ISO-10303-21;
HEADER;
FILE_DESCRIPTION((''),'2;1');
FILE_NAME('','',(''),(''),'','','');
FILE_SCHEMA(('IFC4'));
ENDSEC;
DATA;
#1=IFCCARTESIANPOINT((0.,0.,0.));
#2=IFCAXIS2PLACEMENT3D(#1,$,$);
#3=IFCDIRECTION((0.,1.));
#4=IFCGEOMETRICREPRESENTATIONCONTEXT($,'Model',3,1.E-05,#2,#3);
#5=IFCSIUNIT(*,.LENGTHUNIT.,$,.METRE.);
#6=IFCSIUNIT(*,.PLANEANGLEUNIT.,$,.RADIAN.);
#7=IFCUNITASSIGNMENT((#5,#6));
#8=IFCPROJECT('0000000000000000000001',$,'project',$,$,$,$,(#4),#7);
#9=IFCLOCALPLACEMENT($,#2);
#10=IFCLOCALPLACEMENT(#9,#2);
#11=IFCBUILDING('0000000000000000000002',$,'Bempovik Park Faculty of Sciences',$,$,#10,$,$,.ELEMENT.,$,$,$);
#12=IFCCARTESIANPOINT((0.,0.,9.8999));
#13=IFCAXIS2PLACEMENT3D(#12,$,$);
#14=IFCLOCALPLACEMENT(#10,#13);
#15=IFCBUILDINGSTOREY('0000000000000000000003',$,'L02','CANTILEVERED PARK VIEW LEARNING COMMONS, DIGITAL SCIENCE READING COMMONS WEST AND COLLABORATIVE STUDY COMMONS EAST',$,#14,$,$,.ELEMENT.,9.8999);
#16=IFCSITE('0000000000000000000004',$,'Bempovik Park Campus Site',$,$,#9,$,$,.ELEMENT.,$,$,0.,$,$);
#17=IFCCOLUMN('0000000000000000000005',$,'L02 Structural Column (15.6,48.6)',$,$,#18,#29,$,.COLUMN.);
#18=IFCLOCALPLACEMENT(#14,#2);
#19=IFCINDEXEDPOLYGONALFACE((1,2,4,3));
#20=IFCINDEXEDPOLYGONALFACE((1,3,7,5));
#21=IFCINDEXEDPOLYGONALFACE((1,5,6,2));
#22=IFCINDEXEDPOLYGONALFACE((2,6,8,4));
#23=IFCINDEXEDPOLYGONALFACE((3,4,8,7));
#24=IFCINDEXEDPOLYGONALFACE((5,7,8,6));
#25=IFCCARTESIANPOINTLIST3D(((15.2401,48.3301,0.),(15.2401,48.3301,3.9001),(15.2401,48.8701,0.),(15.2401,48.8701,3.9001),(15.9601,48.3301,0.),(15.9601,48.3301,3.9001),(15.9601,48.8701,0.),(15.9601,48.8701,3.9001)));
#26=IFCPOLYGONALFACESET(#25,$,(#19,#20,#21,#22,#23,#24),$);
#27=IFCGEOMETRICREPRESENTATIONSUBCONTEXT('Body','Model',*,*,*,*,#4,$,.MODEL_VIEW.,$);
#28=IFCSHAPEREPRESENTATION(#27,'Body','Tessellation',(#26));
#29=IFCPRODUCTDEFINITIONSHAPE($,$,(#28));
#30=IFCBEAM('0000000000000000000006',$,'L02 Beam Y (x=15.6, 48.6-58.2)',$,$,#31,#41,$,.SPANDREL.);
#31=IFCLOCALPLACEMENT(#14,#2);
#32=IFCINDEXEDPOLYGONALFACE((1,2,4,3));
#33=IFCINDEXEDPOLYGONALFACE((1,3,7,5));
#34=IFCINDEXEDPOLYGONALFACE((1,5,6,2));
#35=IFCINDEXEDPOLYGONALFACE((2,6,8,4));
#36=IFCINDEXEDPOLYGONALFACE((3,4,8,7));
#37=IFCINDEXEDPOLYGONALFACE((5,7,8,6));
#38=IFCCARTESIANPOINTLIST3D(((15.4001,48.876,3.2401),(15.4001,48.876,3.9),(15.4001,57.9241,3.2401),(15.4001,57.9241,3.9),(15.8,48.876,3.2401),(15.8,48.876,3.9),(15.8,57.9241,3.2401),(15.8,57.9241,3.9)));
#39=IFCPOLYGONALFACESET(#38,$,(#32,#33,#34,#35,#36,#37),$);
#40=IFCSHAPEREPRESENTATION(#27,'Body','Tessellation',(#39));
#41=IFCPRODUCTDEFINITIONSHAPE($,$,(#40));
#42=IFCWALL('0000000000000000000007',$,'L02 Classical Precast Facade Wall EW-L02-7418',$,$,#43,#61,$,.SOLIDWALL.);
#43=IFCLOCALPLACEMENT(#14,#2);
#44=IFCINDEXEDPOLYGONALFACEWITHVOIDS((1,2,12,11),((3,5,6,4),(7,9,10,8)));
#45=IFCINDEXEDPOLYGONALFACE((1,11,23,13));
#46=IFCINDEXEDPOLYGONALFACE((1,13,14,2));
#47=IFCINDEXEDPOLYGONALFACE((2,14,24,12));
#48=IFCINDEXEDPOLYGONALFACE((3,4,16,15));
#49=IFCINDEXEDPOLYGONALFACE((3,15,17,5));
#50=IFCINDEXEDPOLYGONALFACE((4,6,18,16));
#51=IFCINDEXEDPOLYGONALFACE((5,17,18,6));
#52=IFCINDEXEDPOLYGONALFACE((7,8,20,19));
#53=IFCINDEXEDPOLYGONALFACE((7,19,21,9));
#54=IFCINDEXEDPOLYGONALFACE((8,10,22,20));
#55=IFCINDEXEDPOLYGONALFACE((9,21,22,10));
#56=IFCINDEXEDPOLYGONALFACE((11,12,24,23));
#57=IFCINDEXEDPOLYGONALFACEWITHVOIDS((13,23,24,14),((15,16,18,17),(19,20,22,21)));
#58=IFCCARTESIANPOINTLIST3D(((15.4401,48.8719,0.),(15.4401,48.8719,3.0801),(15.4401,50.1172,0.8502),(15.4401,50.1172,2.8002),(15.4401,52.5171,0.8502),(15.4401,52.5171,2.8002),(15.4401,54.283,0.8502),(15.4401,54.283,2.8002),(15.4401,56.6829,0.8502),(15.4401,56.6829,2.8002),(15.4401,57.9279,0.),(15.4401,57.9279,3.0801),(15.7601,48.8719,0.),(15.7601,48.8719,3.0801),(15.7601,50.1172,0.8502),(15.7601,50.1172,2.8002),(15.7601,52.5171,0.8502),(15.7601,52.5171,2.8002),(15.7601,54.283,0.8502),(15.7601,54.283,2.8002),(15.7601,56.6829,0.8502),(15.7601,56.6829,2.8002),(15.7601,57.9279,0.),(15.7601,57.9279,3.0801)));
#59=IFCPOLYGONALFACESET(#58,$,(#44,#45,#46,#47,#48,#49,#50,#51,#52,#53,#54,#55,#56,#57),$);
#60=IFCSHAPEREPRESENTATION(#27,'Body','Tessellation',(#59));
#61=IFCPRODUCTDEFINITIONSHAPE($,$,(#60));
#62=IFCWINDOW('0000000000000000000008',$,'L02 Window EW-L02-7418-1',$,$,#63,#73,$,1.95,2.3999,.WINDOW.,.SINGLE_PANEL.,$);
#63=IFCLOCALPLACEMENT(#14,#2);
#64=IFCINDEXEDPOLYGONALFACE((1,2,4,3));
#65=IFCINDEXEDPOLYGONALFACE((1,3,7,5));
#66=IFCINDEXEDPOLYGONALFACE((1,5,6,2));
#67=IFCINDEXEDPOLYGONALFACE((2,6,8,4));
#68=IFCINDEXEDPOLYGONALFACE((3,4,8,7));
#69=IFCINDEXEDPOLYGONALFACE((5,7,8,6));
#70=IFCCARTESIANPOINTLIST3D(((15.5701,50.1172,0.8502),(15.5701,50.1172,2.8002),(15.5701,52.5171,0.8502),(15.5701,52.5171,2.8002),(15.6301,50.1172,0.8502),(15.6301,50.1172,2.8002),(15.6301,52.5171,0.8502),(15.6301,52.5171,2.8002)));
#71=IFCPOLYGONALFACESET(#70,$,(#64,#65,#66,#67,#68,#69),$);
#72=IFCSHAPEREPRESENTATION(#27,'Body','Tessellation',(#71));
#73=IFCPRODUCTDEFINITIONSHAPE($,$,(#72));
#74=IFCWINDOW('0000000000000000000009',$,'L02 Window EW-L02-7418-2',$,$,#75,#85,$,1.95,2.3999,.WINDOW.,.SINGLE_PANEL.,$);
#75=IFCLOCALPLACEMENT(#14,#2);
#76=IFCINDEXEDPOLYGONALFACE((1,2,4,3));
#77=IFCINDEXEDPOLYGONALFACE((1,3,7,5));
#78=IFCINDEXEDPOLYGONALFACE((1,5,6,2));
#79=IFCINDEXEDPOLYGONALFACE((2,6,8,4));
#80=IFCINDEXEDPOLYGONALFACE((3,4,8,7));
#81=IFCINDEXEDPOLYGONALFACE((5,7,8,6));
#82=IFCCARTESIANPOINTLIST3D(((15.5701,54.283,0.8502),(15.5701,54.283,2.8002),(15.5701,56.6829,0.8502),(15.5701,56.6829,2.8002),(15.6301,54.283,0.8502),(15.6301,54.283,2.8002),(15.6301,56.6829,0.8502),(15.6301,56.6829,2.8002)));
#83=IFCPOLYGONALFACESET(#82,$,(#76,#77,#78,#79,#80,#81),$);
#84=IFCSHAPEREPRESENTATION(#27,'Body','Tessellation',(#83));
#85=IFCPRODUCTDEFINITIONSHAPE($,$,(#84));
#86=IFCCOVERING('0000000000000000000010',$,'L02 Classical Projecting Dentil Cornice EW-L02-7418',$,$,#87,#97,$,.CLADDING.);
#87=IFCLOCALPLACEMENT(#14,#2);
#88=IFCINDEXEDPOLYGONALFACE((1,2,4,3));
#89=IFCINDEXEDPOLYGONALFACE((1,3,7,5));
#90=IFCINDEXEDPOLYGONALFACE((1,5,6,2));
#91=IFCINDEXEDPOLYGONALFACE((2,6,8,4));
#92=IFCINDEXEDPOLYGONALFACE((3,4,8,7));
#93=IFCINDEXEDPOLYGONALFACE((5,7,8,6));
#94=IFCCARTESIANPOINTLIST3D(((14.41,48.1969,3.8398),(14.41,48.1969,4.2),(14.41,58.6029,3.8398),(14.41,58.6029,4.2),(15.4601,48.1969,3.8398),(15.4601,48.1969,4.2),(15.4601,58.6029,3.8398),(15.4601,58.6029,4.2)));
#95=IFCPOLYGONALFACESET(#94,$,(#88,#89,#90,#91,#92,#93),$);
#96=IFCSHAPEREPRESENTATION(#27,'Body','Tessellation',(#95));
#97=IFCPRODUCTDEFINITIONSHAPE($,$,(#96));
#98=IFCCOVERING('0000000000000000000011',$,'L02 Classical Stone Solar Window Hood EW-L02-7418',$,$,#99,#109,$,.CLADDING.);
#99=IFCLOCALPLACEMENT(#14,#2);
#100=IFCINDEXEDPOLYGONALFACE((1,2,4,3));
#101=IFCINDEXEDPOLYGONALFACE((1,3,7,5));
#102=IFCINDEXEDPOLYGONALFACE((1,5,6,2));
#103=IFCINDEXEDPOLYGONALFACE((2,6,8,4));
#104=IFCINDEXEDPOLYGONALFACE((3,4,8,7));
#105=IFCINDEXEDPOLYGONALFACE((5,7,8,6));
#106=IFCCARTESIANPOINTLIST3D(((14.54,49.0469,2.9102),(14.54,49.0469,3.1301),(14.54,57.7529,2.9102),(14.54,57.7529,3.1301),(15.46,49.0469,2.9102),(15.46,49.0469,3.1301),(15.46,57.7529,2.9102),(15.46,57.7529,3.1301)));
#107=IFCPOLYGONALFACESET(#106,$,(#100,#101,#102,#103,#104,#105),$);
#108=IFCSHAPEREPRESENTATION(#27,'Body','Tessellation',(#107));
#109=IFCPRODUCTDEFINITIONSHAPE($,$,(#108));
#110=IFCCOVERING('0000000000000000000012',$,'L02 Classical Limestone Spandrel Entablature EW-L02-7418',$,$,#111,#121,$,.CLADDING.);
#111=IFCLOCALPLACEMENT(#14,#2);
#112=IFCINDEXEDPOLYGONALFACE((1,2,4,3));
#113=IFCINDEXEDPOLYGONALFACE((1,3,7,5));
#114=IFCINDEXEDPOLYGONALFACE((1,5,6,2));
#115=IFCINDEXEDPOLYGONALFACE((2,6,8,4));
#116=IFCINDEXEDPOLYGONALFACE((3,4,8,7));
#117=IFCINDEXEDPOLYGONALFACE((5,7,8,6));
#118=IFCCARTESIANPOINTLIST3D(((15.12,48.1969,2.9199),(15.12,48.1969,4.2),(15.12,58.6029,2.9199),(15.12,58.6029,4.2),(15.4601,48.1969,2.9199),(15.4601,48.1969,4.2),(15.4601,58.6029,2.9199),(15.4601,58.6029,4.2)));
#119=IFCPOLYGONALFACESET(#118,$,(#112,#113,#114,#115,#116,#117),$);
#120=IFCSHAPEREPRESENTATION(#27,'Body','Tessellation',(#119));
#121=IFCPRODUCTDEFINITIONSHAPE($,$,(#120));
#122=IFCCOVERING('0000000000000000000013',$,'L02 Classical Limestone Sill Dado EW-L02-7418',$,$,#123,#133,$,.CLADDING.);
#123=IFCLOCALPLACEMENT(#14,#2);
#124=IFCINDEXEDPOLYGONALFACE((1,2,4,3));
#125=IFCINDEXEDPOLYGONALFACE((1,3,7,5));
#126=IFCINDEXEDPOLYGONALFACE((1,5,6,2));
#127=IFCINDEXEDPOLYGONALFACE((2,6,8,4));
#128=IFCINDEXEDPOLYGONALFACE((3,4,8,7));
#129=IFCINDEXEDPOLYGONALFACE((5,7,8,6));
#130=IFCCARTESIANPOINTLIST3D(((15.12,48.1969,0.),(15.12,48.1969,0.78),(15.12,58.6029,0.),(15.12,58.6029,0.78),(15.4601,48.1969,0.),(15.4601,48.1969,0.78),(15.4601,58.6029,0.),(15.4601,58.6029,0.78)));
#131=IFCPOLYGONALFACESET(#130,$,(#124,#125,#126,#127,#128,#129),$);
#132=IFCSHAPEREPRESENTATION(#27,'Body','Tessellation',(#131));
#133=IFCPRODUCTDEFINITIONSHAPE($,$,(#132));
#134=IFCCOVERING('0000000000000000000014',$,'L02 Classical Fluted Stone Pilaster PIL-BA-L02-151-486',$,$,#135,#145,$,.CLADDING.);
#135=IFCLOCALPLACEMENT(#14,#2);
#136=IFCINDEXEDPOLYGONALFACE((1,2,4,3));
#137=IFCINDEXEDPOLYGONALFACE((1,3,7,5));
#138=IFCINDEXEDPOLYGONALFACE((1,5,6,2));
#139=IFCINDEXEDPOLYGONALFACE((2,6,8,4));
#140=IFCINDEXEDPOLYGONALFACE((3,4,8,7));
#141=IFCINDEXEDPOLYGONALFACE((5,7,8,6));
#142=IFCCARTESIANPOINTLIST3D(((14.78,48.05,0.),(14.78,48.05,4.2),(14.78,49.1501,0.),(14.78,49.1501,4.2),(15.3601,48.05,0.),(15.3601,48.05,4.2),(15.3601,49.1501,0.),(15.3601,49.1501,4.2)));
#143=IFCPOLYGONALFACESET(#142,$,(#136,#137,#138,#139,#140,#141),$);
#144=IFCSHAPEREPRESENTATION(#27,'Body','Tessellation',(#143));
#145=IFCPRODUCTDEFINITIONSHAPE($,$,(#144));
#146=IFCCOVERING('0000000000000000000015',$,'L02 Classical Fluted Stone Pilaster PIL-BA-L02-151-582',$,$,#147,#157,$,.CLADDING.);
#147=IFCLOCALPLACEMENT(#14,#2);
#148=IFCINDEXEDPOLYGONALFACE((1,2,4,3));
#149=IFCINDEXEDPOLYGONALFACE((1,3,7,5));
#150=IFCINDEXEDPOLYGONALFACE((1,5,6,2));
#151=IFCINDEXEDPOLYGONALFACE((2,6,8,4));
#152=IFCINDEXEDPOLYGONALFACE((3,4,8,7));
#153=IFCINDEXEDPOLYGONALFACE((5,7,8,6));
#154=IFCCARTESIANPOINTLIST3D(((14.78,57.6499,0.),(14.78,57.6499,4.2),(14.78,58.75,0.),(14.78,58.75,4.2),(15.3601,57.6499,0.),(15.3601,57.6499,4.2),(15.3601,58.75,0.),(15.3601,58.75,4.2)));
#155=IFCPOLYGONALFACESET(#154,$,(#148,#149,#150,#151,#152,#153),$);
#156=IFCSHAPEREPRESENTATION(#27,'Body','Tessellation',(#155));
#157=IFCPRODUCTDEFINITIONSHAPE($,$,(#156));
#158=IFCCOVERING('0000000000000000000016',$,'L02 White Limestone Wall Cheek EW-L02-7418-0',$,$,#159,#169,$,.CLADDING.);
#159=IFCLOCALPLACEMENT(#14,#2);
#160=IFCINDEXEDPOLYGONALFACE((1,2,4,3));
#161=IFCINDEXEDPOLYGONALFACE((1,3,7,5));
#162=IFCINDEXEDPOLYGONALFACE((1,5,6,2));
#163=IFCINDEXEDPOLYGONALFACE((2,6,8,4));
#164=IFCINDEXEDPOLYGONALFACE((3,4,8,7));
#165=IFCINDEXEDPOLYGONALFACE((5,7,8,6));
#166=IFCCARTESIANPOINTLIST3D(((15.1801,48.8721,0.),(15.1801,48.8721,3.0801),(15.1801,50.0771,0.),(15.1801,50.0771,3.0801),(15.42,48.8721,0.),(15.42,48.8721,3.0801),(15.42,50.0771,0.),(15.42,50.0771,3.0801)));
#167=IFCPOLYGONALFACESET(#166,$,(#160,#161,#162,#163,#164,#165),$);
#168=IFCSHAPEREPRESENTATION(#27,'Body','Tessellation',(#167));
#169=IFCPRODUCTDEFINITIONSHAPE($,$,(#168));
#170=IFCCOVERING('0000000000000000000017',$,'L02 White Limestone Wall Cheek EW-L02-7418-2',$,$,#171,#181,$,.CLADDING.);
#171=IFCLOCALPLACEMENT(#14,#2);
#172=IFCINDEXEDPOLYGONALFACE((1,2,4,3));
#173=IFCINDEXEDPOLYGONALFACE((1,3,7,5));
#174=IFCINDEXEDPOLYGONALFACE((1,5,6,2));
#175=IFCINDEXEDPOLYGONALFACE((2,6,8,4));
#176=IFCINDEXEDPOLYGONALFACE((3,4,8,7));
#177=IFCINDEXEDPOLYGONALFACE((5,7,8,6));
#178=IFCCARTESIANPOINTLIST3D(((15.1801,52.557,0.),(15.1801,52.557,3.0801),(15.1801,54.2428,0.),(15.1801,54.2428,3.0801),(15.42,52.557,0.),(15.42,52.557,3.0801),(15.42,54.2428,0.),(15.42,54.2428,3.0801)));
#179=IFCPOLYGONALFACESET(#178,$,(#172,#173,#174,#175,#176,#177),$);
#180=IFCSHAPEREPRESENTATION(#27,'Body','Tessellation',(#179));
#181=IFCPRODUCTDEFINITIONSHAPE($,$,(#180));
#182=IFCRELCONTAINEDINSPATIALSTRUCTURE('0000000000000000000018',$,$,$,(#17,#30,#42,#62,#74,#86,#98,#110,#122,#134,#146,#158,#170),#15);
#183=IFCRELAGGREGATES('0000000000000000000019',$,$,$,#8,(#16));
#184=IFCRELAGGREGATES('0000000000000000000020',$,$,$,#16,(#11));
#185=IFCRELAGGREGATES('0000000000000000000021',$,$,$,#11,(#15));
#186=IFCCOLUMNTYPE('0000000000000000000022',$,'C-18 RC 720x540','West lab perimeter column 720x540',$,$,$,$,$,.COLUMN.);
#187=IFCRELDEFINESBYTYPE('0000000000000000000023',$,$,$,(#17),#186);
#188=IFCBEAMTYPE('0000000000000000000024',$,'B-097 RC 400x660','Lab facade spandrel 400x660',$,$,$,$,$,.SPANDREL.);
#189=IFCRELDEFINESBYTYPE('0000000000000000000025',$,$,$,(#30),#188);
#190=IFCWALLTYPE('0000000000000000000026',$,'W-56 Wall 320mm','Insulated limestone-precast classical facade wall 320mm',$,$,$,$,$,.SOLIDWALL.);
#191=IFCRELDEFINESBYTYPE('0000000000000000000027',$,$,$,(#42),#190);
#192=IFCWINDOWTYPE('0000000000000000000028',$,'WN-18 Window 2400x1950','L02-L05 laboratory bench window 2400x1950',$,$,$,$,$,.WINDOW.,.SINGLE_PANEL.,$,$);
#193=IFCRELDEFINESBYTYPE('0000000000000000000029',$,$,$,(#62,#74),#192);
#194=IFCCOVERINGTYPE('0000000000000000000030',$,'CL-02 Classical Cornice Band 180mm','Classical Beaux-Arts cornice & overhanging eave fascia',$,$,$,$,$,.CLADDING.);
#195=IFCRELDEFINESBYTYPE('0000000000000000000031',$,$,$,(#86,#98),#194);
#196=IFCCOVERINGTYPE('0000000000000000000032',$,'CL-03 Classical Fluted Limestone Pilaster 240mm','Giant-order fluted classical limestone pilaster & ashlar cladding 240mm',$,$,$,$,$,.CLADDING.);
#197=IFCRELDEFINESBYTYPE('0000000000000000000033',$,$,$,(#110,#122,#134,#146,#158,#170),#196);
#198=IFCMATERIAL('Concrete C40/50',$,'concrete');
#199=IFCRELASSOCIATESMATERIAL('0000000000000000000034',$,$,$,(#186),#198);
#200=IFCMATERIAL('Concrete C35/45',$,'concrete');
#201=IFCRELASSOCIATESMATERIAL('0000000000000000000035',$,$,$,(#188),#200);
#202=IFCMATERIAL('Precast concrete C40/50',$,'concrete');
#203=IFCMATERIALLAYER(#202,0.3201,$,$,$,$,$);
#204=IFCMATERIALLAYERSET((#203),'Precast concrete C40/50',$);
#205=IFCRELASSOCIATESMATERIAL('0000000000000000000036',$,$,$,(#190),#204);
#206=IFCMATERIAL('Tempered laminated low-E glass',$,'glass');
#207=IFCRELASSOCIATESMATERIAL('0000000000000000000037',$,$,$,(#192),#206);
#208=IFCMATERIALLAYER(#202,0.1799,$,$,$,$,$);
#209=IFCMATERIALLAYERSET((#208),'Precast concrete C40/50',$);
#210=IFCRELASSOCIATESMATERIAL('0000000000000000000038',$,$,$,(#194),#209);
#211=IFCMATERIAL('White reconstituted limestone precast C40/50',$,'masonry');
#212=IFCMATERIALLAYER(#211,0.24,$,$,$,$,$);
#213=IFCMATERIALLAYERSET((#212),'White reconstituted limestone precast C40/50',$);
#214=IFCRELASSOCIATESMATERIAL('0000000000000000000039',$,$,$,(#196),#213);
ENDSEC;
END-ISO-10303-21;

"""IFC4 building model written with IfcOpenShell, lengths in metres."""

from ifc_helpers import new_model, si_unit, direction, frame, frame_2d, origin, origin_2d, place, context, subcontext, project, spatial, rectangle, extrude, material, layer, layer_set, material_profile, profile_set, type_object, element, fill, save


model = new_model("IFC4")

# Units and contexts
model_context = context("Model", 3, precision=1e-05, world=origin(), true_north=direction((0.0, 1.0)))
body_context = subcontext(model_context, "Body", "Model", "MODEL_VIEW")
ifc_project = project(units=[si_unit("LENGTHUNIT", "METRE"), si_unit("PLANEANGLEUNIT", "RADIAN")], contexts=[model_context])

# Site, building, storey
site_placement = place(None, origin())
site = spatial("IfcSite", under=ifc_project, at=site_placement, Name="Bempovik Park Campus Site", CompositionType="ELEMENT", RefElevation=0.0)
building_placement = place(site_placement, origin())
building = spatial("IfcBuilding", under=site, at=building_placement, Name="Bempovik Park Faculty of Sciences", CompositionType="ELEMENT")
storey_placement = place(building_placement, frame((0.0, 0.0, 9.8999)))
storey = spatial("IfcBuildingStorey", under=building, at=storey_placement, Name="L02", Description="CANTILEVERED PARK VIEW LEARNING COMMONS, DIGITAL SCIENCE READING COMMONS WEST AND COLLABORATIVE STUDY COMMONS EAST", CompositionType="ELEMENT", Elevation=9.8999)

# Column
ifc_material_1 = material(Name="Concrete C40/50", Category="concrete")
ifc_material_profile_1 = material_profile(ifc_material_1, rectangle(XDim=0.72, YDim=0.54, at=origin_2d()), Name="RC 720x540")
ifc_profile_set_1 = profile_set([ifc_material_profile_1], Name="Concrete C40/50")
column_type = type_object("IfcColumnType", Name="C-18 RC 720x540", Description="West lab perimeter column 720x540", PredefinedType="COLUMN", material=ifc_profile_set_1)
column_placement = place(storey_placement, frame((15.6001, 48.6001, 0.0), z_axis=(0.0, 0.0, 1.0), x_axis=(1.0, 0.0, 0.0)))
element("IfcColumn", 1, at=column_placement, inside=storey, type_object=column_type, Name="L02 Structural Column (15.6,48.6)", PredefinedType="COLUMN", context=body_context, shape_type="SweptSolid", body=[
    extrude(rectangle(XDim=0.72, YDim=0.54, at=origin_2d()), origin(), (0.0, 0.0, 1.0), 3.9001),
])

# Beam
ifc_material_2 = material(Name="Concrete C35/45", Category="concrete")
ifc_material_profile_2 = material_profile(ifc_material_2, rectangle(XDim=0.3999, YDim=0.6599, at=origin_2d()), Name="RC 400x660")
ifc_profile_set_2 = profile_set([ifc_material_profile_2], Name="Concrete C35/45")
beam_type = type_object("IfcBeamType", Name="B-097 RC 400x660", Description="Lab facade spandrel 400x660", PredefinedType="SPANDREL", material=ifc_profile_set_2)
beam_placement = place(storey_placement, frame((15.6001, 48.876, 3.5701), z_axis=(0.0, 1.0, 0.0), x_axis=(-1.0, 0.0, 0.0)))
element("IfcBeam", 2, at=beam_placement, inside=storey, type_object=beam_type, Name="L02 Beam Y (x=15.6, 48.6-58.2)", PredefinedType="SPANDREL", context=body_context, shape_type="SweptSolid", body=[
    extrude(rectangle(XDim=0.3999, YDim=0.6599, at=origin_2d()), origin(), (0.0, 0.0, 1.0), 9.0481),
])

# Wall, openings, windows
ifc_material_3 = material(Name="Precast concrete C40/50", Category="concrete")
ifc_layer_1 = layer(ifc_material_3, 0.3201)
ifc_layer_set_1 = layer_set([ifc_layer_1], Name="Precast concrete C40/50")
wall_type = type_object("IfcWallType", Name="W-56 Wall 320mm", Description="Insulated limestone-precast classical facade wall 320mm", PredefinedType="SOLIDWALL", material=ifc_layer_set_1)
wall_placement = place(storey_placement, frame((15.6001, 48.8721, 0.0), z_axis=(0.0, 0.0, 1.0), x_axis=(0.0, 1.0, 0.0)))
wall = element("IfcWall", 3, at=wall_placement, inside=storey, type_object=wall_type, Name="L02 Classical Precast Facade Wall EW-L02-7418", PredefinedType="SOLIDWALL", context=body_context, shape_type="SweptSolid", body=[
    extrude(rectangle(XDim=9.0559, YDim=0.3201, at=frame_2d((4.5278, 0.0))), origin(), (0.0, 0.0, 1.0), 3.0801),
])
opening_1_placement = place(wall_placement, frame((1.2451, 0.0, 0.8501)))
opening_1 = element("IfcOpeningElement", 4, at=opening_1_placement, cuts=wall, PredefinedType="OPENING", context=body_context, shape_type="SweptSolid", body=[
    extrude(rectangle(XDim=2.3999, YDim=1.95, at=frame_2d((1.2, 0.9751))), frame((0.0, 0.1699, 0.0), z_axis=(0.0, -1.0, 0.0), x_axis=(1.0, 0.0, 0.0)), (0.0, 0.0, 1.0), 0.3401),
])
opening_2_placement = place(wall_placement, frame((5.4109, 0.0, 0.8501)))
opening_2 = element("IfcOpeningElement", 5, at=opening_2_placement, cuts=wall, PredefinedType="OPENING", context=body_context, shape_type="SweptSolid", body=[
    extrude(rectangle(XDim=2.3999, YDim=1.95, at=frame_2d((1.2, 0.9751))), frame((0.0, 0.1699, 0.0), z_axis=(0.0, -1.0, 0.0), x_axis=(1.0, 0.0, 0.0)), (0.0, 0.0, 1.0), 0.3401),
])
ifc_material_4 = material(Name="Tempered laminated low-E glass", Category="glass")
window_type = type_object("IfcWindowType", Name="WN-18 Window 2400x1950", Description="L02-L05 laboratory bench window 2400x1950", PartitioningType="SINGLE_PANEL", PredefinedType="WINDOW", material=ifc_material_4)
window_1_placement = place(opening_1_placement, origin())
window_1 = element("IfcWindow", 6, at=window_1_placement, inside=storey, type_object=window_type, Name="L02 Window EW-L02-7418-1", OverallHeight=1.95, OverallWidth=2.3999, PartitioningType="SINGLE_PANEL", PredefinedType="WINDOW", context=body_context, shape_type="SweptSolid", body=[
    extrude(rectangle(XDim=2.3999, YDim=1.95, at=frame_2d((1.2, 0.9751))), frame((0.0, 0.03, 0.0), z_axis=(0.0, -1.0, 0.0), x_axis=(1.0, 0.0, 0.0)), (0.0, 0.0, 1.0), 0.0601),
])
fill(opening_1, window_1)
window_2_placement = place(opening_2_placement, origin())
window_2 = element("IfcWindow", 7, at=window_2_placement, inside=storey, type_object=window_type, Name="L02 Window EW-L02-7418-2", OverallHeight=1.95, OverallWidth=2.3999, PartitioningType="SINGLE_PANEL", PredefinedType="WINDOW", context=body_context, shape_type="SweptSolid", body=[
    extrude(rectangle(XDim=2.3999, YDim=1.95, at=frame_2d((1.2, 0.9751))), frame((0.0, 0.03, 0.0), z_axis=(0.0, -1.0, 0.0), x_axis=(1.0, 0.0, 0.0)), (0.0, 0.0, 1.0), 0.0601),
])
fill(opening_2, window_2)

# Coverings
ifc_layer_2 = layer(ifc_material_3, 0.1799)
ifc_layer_set_2 = layer_set([ifc_layer_2], Name="Precast concrete C40/50")
covering_type_1 = type_object("IfcCoveringType", Name="CL-02 Classical Cornice Band 180mm", Description="Classical Beaux-Arts cornice & overhanging eave fascia", PredefinedType="CLADDING", material=ifc_layer_set_2)
covering_1_placement = place(storey_placement, frame((14.9351, 53.3999, 3.8398), z_axis=(0.0, 0.0, 1.0), x_axis=(1.0, 0.0, 0.0)))
element("IfcCovering", 8, at=covering_1_placement, inside=storey, type_object=covering_type_1, Name="L02 Classical Projecting Dentil Cornice EW-L02-7418", PredefinedType="CLADDING", context=body_context, shape_type="SweptSolid", body=[
    extrude(rectangle(XDim=1.05, YDim=10.406, at=origin_2d()), origin(), (0.0, 0.0, 1.0), 0.3601),
])
covering_2_placement = place(storey_placement, frame((15.0, 53.3999, 2.9102), z_axis=(0.0, 0.0, 1.0), x_axis=(1.0, 0.0, 0.0)))
element("IfcCovering", 9, at=covering_2_placement, inside=storey, type_object=covering_type_1, Name="L02 Classical Stone Solar Window Hood EW-L02-7418", PredefinedType="CLADDING", context=body_context, shape_type="SweptSolid", body=[
    extrude(rectangle(XDim=0.9199, YDim=8.7061, at=origin_2d()), origin(), (0.0, 0.0, 1.0), 0.22),
])
ifc_material_5 = material(Name="White reconstituted limestone precast C40/50", Category="masonry")
ifc_layer_3 = layer(ifc_material_5, 0.24)
ifc_layer_set_3 = layer_set([ifc_layer_3], Name="White reconstituted limestone precast C40/50")
covering_type_2 = type_object("IfcCoveringType", Name="CL-03 Classical Fluted Limestone Pilaster 240mm", Description="Giant-order fluted classical limestone pilaster & ashlar cladding 240mm", PredefinedType="CLADDING", material=ifc_layer_set_3)
covering_3_placement = place(storey_placement, frame((15.29, 53.3999, 2.9199), z_axis=(0.0, 0.0, 1.0), x_axis=(1.0, 0.0, 0.0)))
element("IfcCovering", 10, at=covering_3_placement, inside=storey, type_object=covering_type_2, Name="L02 Classical Limestone Spandrel Entablature EW-L02-7418", PredefinedType="CLADDING", context=body_context, shape_type="SweptSolid", body=[
    extrude(rectangle(XDim=0.3401, YDim=10.406, at=origin_2d()), origin(), (0.0, 0.0, 1.0), 1.28),
])
covering_4_placement = place(storey_placement, frame((15.29, 53.3999, 0.0), z_axis=(0.0, 0.0, 1.0), x_axis=(1.0, 0.0, 0.0)))
element("IfcCovering", 11, at=covering_4_placement, inside=storey, type_object=covering_type_2, Name="L02 Classical Limestone Sill Dado EW-L02-7418", PredefinedType="CLADDING", context=body_context, shape_type="SweptSolid", body=[
    extrude(rectangle(XDim=0.3401, YDim=10.406, at=origin_2d()), origin(), (0.0, 0.0, 1.0), 0.78),
])
for number, where, z_axis, x_axis, name in (
    (12, (15.0701, 48.6001, 0.0), (0.0, 0.0, 1.0), (1.0, 0.0, 0.0), "L02 Classical Fluted Stone Pilaster PIL-BA-L02-151-486"),
    (13, (15.0701, 58.2, 0.0), (0.0, 0.0, 1.0), (1.0, 0.0, 0.0), "L02 Classical Fluted Stone Pilaster PIL-BA-L02-151-582"),
):
    element("IfcCovering", number, at=place(storey_placement, frame(where, z_axis=z_axis, x_axis=x_axis)), inside=storey, type_object=covering_type_2, Name=name, PredefinedType="CLADDING", context=body_context, shape_type="SweptSolid", body=[
        extrude(rectangle(XDim=0.5801, YDim=1.1001, at=origin_2d()), origin(), (0.0, 0.0, 1.0), 4.2),
    ])
covering_5_placement = place(storey_placement, frame((15.3, 49.4746, 0.0), z_axis=(0.0, 0.0, 1.0), x_axis=(1.0, 0.0, 0.0)))
element("IfcCovering", 14, at=covering_5_placement, inside=storey, type_object=covering_type_2, Name="L02 White Limestone Wall Cheek EW-L02-7418-0", PredefinedType="CLADDING", context=body_context, shape_type="SweptSolid", body=[
    extrude(rectangle(XDim=0.24, YDim=1.2051, at=origin_2d()), origin(), (0.0, 0.0, 1.0), 3.0801),
])
covering_6_placement = place(storey_placement, frame((15.3, 53.3999, 0.0), z_axis=(0.0, 0.0, 1.0), x_axis=(1.0, 0.0, 0.0)))
element("IfcCovering", 15, at=covering_6_placement, inside=storey, type_object=covering_type_2, Name="L02 White Limestone Wall Cheek EW-L02-7418-2", PredefinedType="CLADDING", context=body_context, shape_type="SweptSolid", body=[
    extrude(rectangle(XDim=0.24, YDim=1.6858, at=origin_2d()), origin(), (0.0, 0.0, 1.0), 3.0801),
])

save(model, "model.ifc")
